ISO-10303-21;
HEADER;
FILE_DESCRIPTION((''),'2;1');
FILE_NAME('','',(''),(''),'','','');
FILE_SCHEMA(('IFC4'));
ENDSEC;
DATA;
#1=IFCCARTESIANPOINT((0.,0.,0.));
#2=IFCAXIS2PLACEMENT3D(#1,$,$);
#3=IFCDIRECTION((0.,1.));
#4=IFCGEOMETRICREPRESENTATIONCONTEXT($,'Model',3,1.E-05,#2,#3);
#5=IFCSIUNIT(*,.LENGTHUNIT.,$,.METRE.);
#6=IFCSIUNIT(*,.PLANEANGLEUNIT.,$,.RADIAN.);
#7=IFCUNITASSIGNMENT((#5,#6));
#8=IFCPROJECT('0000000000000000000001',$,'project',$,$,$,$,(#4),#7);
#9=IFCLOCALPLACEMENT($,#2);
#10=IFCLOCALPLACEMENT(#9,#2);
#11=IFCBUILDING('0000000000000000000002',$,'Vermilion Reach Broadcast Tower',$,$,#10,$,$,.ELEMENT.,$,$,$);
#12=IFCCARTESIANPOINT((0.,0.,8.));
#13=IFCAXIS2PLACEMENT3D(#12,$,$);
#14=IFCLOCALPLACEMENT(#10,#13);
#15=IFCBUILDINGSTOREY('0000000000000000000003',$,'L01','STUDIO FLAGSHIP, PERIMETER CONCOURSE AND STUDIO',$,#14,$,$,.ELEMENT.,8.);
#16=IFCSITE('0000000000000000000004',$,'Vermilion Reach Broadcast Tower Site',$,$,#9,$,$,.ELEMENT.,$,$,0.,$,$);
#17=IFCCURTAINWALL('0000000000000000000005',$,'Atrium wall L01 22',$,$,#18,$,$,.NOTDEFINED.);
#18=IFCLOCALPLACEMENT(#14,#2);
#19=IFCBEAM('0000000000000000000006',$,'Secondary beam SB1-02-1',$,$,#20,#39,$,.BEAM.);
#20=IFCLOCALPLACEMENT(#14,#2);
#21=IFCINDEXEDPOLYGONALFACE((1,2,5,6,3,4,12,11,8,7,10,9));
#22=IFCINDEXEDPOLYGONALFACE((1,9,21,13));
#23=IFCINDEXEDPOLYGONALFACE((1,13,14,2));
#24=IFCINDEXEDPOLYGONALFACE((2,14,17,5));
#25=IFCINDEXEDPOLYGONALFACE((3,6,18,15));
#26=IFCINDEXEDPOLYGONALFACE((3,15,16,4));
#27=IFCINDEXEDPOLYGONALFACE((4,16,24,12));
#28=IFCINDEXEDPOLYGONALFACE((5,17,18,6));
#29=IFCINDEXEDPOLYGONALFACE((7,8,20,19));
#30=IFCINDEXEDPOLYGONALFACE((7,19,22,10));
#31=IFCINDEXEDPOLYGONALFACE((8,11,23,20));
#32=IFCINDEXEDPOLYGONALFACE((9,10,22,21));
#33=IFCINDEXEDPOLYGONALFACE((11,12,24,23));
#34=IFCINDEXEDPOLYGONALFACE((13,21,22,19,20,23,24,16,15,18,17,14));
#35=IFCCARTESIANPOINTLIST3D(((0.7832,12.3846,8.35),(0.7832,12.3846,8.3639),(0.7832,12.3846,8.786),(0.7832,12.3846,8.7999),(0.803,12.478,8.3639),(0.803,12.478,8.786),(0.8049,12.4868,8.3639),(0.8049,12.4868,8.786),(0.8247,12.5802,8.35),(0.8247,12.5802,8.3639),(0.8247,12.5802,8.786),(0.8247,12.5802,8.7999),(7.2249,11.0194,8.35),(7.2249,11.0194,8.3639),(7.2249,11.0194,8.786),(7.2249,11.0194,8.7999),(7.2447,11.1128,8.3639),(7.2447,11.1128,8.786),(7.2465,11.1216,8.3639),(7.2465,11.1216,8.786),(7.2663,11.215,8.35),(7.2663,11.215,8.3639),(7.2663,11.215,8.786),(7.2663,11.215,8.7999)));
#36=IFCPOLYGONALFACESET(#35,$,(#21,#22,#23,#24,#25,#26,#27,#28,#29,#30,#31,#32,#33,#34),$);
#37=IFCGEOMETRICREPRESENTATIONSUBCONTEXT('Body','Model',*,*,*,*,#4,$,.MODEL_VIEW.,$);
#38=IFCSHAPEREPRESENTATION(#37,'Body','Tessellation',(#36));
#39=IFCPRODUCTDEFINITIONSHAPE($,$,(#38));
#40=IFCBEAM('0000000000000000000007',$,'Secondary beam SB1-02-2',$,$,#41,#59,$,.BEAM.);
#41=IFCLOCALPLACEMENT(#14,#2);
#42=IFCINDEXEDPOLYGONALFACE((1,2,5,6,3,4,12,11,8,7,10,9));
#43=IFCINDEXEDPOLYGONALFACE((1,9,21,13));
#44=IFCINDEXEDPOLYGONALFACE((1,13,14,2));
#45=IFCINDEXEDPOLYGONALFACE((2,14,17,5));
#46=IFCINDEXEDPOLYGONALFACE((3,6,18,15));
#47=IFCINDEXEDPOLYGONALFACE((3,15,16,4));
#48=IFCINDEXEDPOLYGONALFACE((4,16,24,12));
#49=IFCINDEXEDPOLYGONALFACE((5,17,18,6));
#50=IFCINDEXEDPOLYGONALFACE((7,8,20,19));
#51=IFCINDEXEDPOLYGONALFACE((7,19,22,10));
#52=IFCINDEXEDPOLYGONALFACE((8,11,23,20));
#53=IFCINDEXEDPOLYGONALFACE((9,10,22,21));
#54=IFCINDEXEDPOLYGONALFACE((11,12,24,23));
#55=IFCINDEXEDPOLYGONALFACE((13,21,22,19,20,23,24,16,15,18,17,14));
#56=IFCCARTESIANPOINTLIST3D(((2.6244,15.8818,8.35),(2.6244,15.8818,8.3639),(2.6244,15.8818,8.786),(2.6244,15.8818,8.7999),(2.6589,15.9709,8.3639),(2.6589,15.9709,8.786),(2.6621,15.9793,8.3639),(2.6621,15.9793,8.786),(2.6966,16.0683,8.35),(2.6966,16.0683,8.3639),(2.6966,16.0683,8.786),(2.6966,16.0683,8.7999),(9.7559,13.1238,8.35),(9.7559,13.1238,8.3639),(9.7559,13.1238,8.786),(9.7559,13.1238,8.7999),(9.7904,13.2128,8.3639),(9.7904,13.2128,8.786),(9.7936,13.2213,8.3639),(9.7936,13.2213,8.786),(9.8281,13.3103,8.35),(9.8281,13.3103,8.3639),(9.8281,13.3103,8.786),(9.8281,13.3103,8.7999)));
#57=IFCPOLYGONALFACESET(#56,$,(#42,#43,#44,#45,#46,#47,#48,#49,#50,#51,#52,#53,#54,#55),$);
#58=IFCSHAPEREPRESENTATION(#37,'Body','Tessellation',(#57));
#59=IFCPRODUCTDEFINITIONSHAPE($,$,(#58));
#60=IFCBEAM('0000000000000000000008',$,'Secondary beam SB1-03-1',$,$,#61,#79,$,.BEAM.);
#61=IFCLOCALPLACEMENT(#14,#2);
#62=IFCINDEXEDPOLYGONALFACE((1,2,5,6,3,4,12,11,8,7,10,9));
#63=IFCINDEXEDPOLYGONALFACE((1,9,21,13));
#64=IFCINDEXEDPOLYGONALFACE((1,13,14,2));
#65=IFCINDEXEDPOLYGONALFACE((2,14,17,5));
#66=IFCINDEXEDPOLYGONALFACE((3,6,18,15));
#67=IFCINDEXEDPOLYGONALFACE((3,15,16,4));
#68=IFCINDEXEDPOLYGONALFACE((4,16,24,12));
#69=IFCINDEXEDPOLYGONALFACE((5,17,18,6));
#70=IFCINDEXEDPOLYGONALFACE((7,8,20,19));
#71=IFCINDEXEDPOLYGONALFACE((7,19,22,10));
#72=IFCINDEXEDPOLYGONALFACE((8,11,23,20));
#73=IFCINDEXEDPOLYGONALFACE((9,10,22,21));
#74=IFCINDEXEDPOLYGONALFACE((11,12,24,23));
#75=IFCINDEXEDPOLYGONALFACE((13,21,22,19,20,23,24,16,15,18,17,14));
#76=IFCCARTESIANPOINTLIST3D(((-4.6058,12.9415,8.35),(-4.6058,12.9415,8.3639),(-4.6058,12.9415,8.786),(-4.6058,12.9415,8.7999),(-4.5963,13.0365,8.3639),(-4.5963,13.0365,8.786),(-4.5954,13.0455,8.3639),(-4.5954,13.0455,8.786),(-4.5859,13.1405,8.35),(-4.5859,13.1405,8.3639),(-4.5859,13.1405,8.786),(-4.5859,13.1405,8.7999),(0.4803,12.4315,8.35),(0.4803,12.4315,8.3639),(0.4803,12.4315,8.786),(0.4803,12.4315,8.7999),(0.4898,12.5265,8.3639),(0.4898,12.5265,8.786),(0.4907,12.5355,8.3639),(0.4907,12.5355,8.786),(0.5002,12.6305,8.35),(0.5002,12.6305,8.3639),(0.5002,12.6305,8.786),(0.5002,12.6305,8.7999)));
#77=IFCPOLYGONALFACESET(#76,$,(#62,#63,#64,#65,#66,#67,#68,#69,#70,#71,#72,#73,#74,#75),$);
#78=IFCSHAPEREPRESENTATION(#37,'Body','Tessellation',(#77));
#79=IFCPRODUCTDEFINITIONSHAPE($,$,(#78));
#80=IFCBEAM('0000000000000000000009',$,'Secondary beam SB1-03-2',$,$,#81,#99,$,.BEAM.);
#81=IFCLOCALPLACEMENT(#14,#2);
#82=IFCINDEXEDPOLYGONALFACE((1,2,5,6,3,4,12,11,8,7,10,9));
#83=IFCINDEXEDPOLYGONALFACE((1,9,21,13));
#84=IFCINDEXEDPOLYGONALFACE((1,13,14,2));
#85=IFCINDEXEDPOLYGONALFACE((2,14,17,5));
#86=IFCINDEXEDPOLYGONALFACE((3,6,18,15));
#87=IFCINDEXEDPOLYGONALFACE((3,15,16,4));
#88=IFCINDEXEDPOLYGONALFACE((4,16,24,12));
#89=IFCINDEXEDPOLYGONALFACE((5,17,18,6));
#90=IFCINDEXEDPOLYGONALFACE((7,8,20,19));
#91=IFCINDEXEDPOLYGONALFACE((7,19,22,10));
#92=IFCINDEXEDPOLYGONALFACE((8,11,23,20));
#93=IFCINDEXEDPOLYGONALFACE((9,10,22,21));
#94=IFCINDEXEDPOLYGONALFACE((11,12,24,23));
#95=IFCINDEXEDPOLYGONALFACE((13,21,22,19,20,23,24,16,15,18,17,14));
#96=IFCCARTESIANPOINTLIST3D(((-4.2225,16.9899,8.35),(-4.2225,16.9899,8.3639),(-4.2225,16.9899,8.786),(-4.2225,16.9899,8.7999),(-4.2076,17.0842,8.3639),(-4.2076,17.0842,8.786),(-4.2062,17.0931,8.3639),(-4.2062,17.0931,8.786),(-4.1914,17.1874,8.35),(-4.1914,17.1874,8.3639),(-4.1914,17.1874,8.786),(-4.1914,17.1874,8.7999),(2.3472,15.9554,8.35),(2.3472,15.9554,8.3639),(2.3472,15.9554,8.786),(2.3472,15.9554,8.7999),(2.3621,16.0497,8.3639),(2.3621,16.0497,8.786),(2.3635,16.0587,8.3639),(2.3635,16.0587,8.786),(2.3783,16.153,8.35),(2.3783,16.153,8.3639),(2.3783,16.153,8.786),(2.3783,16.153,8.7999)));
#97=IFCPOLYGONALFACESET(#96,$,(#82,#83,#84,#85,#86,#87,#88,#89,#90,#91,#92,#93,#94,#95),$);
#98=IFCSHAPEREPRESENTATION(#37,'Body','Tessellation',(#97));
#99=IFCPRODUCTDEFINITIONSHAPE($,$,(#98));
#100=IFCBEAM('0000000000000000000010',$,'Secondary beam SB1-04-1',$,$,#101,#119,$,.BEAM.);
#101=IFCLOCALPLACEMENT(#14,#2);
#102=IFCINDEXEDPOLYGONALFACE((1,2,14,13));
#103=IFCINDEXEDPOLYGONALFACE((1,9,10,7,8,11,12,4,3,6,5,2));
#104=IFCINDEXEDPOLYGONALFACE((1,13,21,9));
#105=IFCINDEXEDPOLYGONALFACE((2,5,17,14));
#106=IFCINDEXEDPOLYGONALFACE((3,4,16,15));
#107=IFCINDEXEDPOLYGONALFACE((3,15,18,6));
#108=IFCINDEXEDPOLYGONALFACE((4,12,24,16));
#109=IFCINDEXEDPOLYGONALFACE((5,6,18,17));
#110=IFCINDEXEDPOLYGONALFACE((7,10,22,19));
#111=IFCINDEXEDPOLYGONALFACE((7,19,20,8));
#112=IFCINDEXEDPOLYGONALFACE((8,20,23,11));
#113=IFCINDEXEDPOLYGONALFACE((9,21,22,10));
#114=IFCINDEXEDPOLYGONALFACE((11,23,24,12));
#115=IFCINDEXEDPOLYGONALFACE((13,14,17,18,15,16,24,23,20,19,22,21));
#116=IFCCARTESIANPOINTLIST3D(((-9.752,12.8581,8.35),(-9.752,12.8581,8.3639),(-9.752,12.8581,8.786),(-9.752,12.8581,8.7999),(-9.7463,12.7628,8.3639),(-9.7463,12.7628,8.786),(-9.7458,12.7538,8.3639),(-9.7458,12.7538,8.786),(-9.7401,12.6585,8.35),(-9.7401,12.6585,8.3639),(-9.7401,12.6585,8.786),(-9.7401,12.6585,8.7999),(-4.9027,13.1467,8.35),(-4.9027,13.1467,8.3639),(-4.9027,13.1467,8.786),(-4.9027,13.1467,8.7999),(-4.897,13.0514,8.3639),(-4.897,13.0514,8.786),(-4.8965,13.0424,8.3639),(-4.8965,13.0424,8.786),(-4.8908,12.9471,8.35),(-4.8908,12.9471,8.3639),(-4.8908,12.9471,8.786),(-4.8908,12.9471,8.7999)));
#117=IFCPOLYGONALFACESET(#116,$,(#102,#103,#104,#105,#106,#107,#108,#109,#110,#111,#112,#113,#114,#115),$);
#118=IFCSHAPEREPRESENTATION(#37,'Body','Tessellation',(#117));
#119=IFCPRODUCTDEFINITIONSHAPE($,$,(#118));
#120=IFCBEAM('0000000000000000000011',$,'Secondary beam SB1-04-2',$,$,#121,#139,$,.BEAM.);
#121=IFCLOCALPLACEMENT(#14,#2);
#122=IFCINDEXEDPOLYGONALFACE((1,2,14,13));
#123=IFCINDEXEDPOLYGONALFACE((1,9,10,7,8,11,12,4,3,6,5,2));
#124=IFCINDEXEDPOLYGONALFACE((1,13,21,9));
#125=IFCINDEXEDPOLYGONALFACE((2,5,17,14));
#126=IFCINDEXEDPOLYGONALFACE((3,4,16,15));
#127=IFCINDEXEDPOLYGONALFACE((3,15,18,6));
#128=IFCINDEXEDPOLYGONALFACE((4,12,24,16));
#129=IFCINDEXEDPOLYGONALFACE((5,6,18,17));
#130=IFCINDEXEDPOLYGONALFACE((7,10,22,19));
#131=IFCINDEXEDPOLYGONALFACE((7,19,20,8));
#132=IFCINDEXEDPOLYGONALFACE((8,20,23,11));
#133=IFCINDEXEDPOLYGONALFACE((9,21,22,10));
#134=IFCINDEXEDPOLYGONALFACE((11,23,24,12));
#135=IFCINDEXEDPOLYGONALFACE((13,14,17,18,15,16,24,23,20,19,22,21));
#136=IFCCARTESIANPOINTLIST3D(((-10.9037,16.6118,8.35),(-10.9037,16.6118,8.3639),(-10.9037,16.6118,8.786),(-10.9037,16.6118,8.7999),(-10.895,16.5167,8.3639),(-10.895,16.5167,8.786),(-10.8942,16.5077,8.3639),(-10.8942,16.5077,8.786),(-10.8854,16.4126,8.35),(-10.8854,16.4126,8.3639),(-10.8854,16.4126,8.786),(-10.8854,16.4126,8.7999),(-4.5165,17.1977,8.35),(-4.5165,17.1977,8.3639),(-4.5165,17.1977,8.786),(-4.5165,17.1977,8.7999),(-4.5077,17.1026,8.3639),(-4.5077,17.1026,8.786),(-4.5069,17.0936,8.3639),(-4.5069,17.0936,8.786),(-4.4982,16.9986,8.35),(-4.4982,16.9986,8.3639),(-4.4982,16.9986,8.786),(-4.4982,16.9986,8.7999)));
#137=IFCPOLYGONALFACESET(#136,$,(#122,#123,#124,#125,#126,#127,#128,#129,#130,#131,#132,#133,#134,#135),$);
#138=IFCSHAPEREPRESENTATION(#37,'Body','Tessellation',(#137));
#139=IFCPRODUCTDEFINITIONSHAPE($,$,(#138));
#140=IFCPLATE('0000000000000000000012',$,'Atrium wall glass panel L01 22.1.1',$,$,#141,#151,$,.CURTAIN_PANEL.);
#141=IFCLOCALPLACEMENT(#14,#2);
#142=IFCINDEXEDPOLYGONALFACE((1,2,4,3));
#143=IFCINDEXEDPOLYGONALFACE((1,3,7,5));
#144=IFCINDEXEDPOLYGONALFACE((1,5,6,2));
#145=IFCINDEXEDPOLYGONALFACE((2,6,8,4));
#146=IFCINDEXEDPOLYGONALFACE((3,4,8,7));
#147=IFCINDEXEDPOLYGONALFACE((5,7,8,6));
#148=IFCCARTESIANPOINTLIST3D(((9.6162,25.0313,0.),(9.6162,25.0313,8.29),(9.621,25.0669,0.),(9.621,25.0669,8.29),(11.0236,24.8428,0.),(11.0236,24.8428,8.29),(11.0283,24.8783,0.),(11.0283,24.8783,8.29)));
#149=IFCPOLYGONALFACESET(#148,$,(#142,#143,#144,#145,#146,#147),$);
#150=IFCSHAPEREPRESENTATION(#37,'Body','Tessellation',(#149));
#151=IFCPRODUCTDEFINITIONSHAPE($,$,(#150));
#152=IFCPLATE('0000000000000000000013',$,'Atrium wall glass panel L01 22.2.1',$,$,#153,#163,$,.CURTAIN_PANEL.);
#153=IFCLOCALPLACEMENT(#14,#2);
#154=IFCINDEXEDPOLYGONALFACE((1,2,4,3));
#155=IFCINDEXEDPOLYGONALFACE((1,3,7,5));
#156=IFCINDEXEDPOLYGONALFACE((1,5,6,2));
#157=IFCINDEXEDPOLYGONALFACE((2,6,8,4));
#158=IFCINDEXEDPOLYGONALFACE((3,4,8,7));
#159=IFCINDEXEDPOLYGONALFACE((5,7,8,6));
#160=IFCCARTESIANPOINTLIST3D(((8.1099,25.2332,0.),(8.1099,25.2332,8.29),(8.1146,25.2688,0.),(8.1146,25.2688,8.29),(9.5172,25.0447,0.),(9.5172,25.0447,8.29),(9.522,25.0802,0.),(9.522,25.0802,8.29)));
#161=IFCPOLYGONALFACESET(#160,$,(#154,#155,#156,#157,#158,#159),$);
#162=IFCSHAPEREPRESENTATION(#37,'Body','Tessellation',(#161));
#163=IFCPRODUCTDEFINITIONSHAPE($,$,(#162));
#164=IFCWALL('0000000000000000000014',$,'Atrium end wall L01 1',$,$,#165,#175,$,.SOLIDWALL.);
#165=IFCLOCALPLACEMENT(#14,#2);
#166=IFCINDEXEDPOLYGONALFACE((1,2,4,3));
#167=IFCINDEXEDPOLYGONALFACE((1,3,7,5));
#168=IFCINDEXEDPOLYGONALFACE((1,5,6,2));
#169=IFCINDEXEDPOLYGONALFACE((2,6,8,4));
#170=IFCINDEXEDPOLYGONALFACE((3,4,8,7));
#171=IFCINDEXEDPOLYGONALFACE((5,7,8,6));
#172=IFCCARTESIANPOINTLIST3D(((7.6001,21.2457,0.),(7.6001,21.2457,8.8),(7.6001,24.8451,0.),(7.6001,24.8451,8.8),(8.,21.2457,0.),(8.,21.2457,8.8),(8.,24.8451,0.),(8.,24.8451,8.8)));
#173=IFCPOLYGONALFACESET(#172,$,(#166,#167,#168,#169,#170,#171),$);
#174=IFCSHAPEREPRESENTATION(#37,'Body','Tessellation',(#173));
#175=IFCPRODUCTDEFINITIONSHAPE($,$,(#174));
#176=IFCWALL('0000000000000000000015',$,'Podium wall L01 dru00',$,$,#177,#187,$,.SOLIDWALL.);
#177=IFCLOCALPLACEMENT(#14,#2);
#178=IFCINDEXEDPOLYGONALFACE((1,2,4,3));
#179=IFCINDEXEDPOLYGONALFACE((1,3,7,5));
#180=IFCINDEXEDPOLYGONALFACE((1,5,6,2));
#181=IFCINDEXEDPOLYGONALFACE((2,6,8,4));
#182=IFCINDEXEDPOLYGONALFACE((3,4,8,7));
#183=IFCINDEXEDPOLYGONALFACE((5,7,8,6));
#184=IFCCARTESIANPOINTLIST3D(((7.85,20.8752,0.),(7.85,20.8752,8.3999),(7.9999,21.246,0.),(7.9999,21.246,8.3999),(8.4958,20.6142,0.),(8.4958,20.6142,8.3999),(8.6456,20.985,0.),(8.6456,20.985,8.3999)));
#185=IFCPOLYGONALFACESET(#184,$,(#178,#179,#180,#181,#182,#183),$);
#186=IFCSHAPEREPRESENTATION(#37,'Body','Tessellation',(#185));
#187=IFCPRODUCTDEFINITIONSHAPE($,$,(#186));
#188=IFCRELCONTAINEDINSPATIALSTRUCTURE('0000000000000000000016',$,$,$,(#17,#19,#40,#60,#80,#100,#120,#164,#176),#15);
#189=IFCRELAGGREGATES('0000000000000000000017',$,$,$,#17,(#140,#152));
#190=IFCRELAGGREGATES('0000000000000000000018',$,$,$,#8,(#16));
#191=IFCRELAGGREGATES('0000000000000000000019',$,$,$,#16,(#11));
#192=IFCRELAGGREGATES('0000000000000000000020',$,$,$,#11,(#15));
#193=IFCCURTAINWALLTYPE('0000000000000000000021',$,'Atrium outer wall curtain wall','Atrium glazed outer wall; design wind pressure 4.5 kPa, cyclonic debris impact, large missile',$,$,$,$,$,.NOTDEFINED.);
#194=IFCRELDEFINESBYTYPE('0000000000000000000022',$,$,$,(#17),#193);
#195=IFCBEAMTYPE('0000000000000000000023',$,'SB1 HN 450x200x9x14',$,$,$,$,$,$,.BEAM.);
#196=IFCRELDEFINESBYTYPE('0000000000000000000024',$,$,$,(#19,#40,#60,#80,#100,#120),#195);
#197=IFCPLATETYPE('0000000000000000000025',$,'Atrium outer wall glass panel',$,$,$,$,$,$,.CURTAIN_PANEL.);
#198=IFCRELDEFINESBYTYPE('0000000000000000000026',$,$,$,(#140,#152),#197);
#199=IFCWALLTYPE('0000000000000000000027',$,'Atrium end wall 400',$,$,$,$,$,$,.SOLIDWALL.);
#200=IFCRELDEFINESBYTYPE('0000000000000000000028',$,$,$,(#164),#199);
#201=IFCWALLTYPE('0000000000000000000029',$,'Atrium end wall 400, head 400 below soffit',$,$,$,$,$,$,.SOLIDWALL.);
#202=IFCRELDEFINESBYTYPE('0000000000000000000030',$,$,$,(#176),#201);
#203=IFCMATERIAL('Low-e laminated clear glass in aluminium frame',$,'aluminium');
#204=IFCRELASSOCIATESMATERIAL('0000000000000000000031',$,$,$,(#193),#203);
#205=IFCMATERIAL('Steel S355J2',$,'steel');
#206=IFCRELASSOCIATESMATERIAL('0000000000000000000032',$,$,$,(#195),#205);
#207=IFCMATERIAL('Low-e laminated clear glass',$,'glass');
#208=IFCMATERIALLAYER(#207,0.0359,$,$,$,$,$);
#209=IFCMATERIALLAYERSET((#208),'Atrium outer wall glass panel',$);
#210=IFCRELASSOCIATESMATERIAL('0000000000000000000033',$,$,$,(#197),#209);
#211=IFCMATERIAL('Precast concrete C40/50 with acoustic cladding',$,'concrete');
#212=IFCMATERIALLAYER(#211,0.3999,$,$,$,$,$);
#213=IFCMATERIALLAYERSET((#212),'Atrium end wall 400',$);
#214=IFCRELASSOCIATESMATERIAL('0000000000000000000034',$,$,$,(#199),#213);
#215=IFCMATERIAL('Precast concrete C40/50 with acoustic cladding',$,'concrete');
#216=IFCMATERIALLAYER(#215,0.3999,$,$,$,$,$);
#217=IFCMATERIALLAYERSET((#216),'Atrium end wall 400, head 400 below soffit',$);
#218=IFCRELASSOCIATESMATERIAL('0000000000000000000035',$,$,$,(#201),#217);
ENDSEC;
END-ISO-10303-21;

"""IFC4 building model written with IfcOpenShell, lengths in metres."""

from ifc_helpers import new_model, si_unit, direction, frame, frame_2d, origin, origin_2d, place, context, subcontext, project, spatial, rectangle, i_section, extrude, material, layer, layer_set, material_profile, profile_set, type_object, element, aggregate, save


model = new_model("IFC4")

# Units and contexts
model_context = context("Model", 3, precision=1e-05, world=origin(), true_north=direction((0.0, 1.0)))
body_context = subcontext(model_context, "Body", "Model", "MODEL_VIEW")
ifc_project = project(units=[si_unit("LENGTHUNIT", "METRE"), si_unit("PLANEANGLEUNIT", "RADIAN")], contexts=[model_context])

# Site, building, storey
site_placement = place(None, origin())
site = spatial("IfcSite", under=ifc_project, at=site_placement, Name="Vermilion Reach Broadcast Tower Site", CompositionType="ELEMENT", RefElevation=0.0)
building_placement = place(site_placement, origin())
building = spatial("IfcBuilding", under=site, at=building_placement, Name="Vermilion Reach Broadcast Tower", CompositionType="ELEMENT")
storey_placement = place(building_placement, frame((0.0, 0.0, 8.0)))
storey = spatial("IfcBuildingStorey", under=building, at=storey_placement, Name="L01", Description="STUDIO FLAGSHIP, PERIMETER CONCOURSE AND STUDIO", CompositionType="ELEMENT", Elevation=8.0)

# Curtain wall
ifc_material_1 = material(Name="Low-e laminated clear glass in aluminium frame", Category="aluminium")
curtain_wall_type = type_object("IfcCurtainWallType", Name="Atrium outer wall curtain wall", Description="Atrium glazed outer wall; design wind pressure 4.5 kPa, cyclonic debris impact, large missile", PredefinedType="NOTDEFINED", material=ifc_material_1)
curtain_wall_placement = place(storey_placement, origin())
curtain_wall = element("IfcCurtainWall", 1, at=curtain_wall_placement, inside=storey, type_object=curtain_wall_type, Name="Atrium wall L01 22", PredefinedType="NOTDEFINED")

# Beams
ifc_material_2 = material(Name="Steel S355J2", Category="steel")
ifc_material_profile_1 = material_profile(ifc_material_2, i_section(OverallWidth=0.2, OverallDepth=0.45, WebThickness=0.009, FlangeThickness=0.0139, at=origin_2d()), Name="S355J2 HN 450x200x9x14")
ifc_profile_set_1 = profile_set([ifc_material_profile_1], Name="Steel S355J2")
beam_type_1 = type_object("IfcBeamType", Name="SB1 HN 450x200x9x14", PredefinedType="BEAM", material=ifc_profile_set_1)
beam_1_placement = place(storey_placement, frame((7.2456, 11.1172, 8.575), z_axis=(-0.97827, 0.207333, 0.0), x_axis=(-0.207333, -0.97827, 0.0)))
element("IfcBeam", 2, at=beam_1_placement, inside=storey, type_object=beam_type_1, Name="Secondary beam SB1-02-1", PredefinedType="BEAM", context=body_context, shape_type="SweptSolid", body=[
    extrude(i_section(OverallWidth=0.2, OverallDepth=0.45, WebThickness=0.009, FlangeThickness=0.0139, at=origin_2d()), origin(), (0.0, 0.0, 1.0), 6.5847),
])
beam_2_placement = place(storey_placement, frame((9.792, 13.217, 8.575), z_axis=(-0.932681, 0.360703, 0.0), x_axis=(-0.360703, -0.932681, 0.0)))
element("IfcBeam", 3, at=beam_2_placement, inside=storey, type_object=beam_type_1, Name="Secondary beam SB1-02-2", PredefinedType="BEAM", context=body_context, shape_type="SweptSolid", body=[
    extrude(i_section(OverallWidth=0.2, OverallDepth=0.45, WebThickness=0.009, FlangeThickness=0.0139, at=origin_2d()), origin(), (0.0, 0.0, 1.0), 7.6462),
])
beam_3_placement = place(storey_placement, frame((0.4902, 12.531, 8.575), z_axis=(-0.99501, 0.099773, 0.0), x_axis=(-0.099773, -0.99501, 0.0)))
element("IfcBeam", 4, at=beam_3_placement, inside=storey, type_object=beam_type_1, Name="Secondary beam SB1-03-1", PredefinedType="BEAM", context=body_context, shape_type="SweptSolid", body=[
    extrude(i_section(OverallWidth=0.2, OverallDepth=0.45, WebThickness=0.009, FlangeThickness=0.0139, at=origin_2d()), origin(), (0.0, 0.0, 1.0), 5.1116),
])
beam_4_placement = place(storey_placement, frame((2.3628, 16.0542, 8.575), z_axis=(-0.98783, 0.15554, 0.0), x_axis=(-0.15554, -0.98783, 0.0)))
element("IfcBeam", 5, at=beam_4_placement, inside=storey, type_object=beam_type_1, Name="Secondary beam SB1-03-2", PredefinedType="BEAM", context=body_context, shape_type="SweptSolid", body=[
    extrude(i_section(OverallWidth=0.2, OverallDepth=0.45, WebThickness=0.009, FlangeThickness=0.0139, at=origin_2d()), origin(), (0.0, 0.0, 1.0), 6.6506),
])
beam_5_placement = place(storey_placement, frame((-4.8967, 13.0469, 8.575), z_axis=(-0.998234, -0.059403, 0.0), x_axis=(0.059403, -0.998234, 0.0)))
element("IfcBeam", 6, at=beam_5_placement, inside=storey, type_object=beam_type_1, Name="Secondary beam SB1-04-1", PredefinedType="BEAM", context=body_context, shape_type="SweptSolid", body=[
    extrude(i_section(OverallWidth=0.2, OverallDepth=0.45, WebThickness=0.009, FlangeThickness=0.0139, at=origin_2d()), origin(), (0.0, 0.0, 1.0), 4.8579),
])
beam_6_placement = place(storey_placement, frame((-4.5073, 17.0981, 8.575), z_axis=(-0.995819, -0.091353, 0.0), x_axis=(0.091353, -0.995819, 0.0)))
element("IfcBeam", 7, at=beam_6_placement, inside=storey, type_object=beam_type_1, Name="Secondary beam SB1-04-2", PredefinedType="BEAM", context=body_context, shape_type="SweptSolid", body=[
    extrude(i_section(OverallWidth=0.2, OverallDepth=0.45, WebThickness=0.009, FlangeThickness=0.0139, at=origin_2d()), origin(), (0.0, 0.0, 1.0), 6.4141),
])

# Plates
ifc_material_3 = material(Name="Low-e laminated clear glass", Category="glass")
ifc_layer_1 = layer(ifc_material_3, 0.0359)
ifc_layer_set_1 = layer_set([ifc_layer_1], Name="Atrium outer wall glass panel")
plate_type = type_object("IfcPlateType", Name="Atrium outer wall glass panel", PredefinedType="CURTAIN_PANEL", material=ifc_layer_set_1)
plate_1_placement = place(storey_placement, frame((10.3223, 24.9548, 0.0), z_axis=(0.0, 0.0, 1.0), x_axis=(-0.991144, 0.132794, 0.0)))
plate_1 = element("IfcPlate", 8, at=plate_1_placement, type_object=plate_type, Name="Atrium wall glass panel L01 22.1.1", PredefinedType="CURTAIN_PANEL", context=body_context, shape_type="SweptSolid", body=[
    extrude(rectangle(XDim=1.4199, YDim=0.0359, at=origin_2d()), origin(), (0.0, 0.0, 1.0), 8.29),
])
plate_2_placement = place(storey_placement, frame((8.8159, 25.1567, 0.0), z_axis=(0.0, 0.0, 1.0), x_axis=(-0.991144, 0.132794, 0.0)))
plate_2 = element("IfcPlate", 9, at=plate_2_placement, type_object=plate_type, Name="Atrium wall glass panel L01 22.2.1", PredefinedType="CURTAIN_PANEL", context=body_context, shape_type="SweptSolid", body=[
    extrude(rectangle(XDim=1.4199, YDim=0.0359, at=origin_2d()), origin(), (0.0, 0.0, 1.0), 8.29),
])
aggregate(curtain_wall, [plate_1, plate_2])

# Walls
ifc_material_4 = material(Name="Precast concrete C40/50 with acoustic cladding", Category="concrete")
ifc_layer_2 = layer(ifc_material_4, 0.3999)
ifc_layer_set_2 = layer_set([ifc_layer_2], Name="Atrium end wall 400")
wall_type_1 = type_object("IfcWallType", Name="Atrium end wall 400", PredefinedType="SOLIDWALL", material=ifc_layer_set_2)
wall_1_placement = place(storey_placement, frame((7.8, 24.8452, 0.0), z_axis=(0.0, 0.0, 1.0), x_axis=(0.0, -1.0, 0.0)))
element("IfcWall", 10, at=wall_1_placement, inside=storey, type_object=wall_type_1, Name="Atrium end wall L01 1", PredefinedType="SOLIDWALL", context=body_context, shape_type="SweptSolid", body=[
    extrude(rectangle(XDim=3.5994, YDim=0.3999, at=frame_2d((1.7998, 0.0))), origin(), (0.0, 0.0, 1.0), 8.8),
])
ifc_material_5 = material(Name="Precast concrete C40/50 with acoustic cladding", Category="concrete")
ifc_layer_3 = layer(ifc_material_5, 0.3999)
ifc_layer_set_3 = layer_set([ifc_layer_3], Name="Atrium end wall 400, head 400 below soffit")
wall_type_2 = type_object("IfcWallType", Name="Atrium end wall 400, head 400 below soffit", PredefinedType="SOLIDWALL", material=ifc_layer_set_3)
wall_2_placement = place(storey_placement, frame((7.925, 21.0605, 0.0), z_axis=(0.0, 0.0, 1.0), x_axis=(0.927141, -0.374712, 0.0)))
element("IfcWall", 11, at=wall_2_placement, inside=storey, type_object=wall_type_2, Name="Podium wall L01 dru00", PredefinedType="SOLIDWALL", context=body_context, shape_type="SweptSolid", body=[
    extrude(rectangle(XDim=0.6965, YDim=0.3999, at=frame_2d((0.3481, 0.0))), origin(), (0.0, 0.0, 1.0), 8.3999),
])

save(model, "model.ifc")
